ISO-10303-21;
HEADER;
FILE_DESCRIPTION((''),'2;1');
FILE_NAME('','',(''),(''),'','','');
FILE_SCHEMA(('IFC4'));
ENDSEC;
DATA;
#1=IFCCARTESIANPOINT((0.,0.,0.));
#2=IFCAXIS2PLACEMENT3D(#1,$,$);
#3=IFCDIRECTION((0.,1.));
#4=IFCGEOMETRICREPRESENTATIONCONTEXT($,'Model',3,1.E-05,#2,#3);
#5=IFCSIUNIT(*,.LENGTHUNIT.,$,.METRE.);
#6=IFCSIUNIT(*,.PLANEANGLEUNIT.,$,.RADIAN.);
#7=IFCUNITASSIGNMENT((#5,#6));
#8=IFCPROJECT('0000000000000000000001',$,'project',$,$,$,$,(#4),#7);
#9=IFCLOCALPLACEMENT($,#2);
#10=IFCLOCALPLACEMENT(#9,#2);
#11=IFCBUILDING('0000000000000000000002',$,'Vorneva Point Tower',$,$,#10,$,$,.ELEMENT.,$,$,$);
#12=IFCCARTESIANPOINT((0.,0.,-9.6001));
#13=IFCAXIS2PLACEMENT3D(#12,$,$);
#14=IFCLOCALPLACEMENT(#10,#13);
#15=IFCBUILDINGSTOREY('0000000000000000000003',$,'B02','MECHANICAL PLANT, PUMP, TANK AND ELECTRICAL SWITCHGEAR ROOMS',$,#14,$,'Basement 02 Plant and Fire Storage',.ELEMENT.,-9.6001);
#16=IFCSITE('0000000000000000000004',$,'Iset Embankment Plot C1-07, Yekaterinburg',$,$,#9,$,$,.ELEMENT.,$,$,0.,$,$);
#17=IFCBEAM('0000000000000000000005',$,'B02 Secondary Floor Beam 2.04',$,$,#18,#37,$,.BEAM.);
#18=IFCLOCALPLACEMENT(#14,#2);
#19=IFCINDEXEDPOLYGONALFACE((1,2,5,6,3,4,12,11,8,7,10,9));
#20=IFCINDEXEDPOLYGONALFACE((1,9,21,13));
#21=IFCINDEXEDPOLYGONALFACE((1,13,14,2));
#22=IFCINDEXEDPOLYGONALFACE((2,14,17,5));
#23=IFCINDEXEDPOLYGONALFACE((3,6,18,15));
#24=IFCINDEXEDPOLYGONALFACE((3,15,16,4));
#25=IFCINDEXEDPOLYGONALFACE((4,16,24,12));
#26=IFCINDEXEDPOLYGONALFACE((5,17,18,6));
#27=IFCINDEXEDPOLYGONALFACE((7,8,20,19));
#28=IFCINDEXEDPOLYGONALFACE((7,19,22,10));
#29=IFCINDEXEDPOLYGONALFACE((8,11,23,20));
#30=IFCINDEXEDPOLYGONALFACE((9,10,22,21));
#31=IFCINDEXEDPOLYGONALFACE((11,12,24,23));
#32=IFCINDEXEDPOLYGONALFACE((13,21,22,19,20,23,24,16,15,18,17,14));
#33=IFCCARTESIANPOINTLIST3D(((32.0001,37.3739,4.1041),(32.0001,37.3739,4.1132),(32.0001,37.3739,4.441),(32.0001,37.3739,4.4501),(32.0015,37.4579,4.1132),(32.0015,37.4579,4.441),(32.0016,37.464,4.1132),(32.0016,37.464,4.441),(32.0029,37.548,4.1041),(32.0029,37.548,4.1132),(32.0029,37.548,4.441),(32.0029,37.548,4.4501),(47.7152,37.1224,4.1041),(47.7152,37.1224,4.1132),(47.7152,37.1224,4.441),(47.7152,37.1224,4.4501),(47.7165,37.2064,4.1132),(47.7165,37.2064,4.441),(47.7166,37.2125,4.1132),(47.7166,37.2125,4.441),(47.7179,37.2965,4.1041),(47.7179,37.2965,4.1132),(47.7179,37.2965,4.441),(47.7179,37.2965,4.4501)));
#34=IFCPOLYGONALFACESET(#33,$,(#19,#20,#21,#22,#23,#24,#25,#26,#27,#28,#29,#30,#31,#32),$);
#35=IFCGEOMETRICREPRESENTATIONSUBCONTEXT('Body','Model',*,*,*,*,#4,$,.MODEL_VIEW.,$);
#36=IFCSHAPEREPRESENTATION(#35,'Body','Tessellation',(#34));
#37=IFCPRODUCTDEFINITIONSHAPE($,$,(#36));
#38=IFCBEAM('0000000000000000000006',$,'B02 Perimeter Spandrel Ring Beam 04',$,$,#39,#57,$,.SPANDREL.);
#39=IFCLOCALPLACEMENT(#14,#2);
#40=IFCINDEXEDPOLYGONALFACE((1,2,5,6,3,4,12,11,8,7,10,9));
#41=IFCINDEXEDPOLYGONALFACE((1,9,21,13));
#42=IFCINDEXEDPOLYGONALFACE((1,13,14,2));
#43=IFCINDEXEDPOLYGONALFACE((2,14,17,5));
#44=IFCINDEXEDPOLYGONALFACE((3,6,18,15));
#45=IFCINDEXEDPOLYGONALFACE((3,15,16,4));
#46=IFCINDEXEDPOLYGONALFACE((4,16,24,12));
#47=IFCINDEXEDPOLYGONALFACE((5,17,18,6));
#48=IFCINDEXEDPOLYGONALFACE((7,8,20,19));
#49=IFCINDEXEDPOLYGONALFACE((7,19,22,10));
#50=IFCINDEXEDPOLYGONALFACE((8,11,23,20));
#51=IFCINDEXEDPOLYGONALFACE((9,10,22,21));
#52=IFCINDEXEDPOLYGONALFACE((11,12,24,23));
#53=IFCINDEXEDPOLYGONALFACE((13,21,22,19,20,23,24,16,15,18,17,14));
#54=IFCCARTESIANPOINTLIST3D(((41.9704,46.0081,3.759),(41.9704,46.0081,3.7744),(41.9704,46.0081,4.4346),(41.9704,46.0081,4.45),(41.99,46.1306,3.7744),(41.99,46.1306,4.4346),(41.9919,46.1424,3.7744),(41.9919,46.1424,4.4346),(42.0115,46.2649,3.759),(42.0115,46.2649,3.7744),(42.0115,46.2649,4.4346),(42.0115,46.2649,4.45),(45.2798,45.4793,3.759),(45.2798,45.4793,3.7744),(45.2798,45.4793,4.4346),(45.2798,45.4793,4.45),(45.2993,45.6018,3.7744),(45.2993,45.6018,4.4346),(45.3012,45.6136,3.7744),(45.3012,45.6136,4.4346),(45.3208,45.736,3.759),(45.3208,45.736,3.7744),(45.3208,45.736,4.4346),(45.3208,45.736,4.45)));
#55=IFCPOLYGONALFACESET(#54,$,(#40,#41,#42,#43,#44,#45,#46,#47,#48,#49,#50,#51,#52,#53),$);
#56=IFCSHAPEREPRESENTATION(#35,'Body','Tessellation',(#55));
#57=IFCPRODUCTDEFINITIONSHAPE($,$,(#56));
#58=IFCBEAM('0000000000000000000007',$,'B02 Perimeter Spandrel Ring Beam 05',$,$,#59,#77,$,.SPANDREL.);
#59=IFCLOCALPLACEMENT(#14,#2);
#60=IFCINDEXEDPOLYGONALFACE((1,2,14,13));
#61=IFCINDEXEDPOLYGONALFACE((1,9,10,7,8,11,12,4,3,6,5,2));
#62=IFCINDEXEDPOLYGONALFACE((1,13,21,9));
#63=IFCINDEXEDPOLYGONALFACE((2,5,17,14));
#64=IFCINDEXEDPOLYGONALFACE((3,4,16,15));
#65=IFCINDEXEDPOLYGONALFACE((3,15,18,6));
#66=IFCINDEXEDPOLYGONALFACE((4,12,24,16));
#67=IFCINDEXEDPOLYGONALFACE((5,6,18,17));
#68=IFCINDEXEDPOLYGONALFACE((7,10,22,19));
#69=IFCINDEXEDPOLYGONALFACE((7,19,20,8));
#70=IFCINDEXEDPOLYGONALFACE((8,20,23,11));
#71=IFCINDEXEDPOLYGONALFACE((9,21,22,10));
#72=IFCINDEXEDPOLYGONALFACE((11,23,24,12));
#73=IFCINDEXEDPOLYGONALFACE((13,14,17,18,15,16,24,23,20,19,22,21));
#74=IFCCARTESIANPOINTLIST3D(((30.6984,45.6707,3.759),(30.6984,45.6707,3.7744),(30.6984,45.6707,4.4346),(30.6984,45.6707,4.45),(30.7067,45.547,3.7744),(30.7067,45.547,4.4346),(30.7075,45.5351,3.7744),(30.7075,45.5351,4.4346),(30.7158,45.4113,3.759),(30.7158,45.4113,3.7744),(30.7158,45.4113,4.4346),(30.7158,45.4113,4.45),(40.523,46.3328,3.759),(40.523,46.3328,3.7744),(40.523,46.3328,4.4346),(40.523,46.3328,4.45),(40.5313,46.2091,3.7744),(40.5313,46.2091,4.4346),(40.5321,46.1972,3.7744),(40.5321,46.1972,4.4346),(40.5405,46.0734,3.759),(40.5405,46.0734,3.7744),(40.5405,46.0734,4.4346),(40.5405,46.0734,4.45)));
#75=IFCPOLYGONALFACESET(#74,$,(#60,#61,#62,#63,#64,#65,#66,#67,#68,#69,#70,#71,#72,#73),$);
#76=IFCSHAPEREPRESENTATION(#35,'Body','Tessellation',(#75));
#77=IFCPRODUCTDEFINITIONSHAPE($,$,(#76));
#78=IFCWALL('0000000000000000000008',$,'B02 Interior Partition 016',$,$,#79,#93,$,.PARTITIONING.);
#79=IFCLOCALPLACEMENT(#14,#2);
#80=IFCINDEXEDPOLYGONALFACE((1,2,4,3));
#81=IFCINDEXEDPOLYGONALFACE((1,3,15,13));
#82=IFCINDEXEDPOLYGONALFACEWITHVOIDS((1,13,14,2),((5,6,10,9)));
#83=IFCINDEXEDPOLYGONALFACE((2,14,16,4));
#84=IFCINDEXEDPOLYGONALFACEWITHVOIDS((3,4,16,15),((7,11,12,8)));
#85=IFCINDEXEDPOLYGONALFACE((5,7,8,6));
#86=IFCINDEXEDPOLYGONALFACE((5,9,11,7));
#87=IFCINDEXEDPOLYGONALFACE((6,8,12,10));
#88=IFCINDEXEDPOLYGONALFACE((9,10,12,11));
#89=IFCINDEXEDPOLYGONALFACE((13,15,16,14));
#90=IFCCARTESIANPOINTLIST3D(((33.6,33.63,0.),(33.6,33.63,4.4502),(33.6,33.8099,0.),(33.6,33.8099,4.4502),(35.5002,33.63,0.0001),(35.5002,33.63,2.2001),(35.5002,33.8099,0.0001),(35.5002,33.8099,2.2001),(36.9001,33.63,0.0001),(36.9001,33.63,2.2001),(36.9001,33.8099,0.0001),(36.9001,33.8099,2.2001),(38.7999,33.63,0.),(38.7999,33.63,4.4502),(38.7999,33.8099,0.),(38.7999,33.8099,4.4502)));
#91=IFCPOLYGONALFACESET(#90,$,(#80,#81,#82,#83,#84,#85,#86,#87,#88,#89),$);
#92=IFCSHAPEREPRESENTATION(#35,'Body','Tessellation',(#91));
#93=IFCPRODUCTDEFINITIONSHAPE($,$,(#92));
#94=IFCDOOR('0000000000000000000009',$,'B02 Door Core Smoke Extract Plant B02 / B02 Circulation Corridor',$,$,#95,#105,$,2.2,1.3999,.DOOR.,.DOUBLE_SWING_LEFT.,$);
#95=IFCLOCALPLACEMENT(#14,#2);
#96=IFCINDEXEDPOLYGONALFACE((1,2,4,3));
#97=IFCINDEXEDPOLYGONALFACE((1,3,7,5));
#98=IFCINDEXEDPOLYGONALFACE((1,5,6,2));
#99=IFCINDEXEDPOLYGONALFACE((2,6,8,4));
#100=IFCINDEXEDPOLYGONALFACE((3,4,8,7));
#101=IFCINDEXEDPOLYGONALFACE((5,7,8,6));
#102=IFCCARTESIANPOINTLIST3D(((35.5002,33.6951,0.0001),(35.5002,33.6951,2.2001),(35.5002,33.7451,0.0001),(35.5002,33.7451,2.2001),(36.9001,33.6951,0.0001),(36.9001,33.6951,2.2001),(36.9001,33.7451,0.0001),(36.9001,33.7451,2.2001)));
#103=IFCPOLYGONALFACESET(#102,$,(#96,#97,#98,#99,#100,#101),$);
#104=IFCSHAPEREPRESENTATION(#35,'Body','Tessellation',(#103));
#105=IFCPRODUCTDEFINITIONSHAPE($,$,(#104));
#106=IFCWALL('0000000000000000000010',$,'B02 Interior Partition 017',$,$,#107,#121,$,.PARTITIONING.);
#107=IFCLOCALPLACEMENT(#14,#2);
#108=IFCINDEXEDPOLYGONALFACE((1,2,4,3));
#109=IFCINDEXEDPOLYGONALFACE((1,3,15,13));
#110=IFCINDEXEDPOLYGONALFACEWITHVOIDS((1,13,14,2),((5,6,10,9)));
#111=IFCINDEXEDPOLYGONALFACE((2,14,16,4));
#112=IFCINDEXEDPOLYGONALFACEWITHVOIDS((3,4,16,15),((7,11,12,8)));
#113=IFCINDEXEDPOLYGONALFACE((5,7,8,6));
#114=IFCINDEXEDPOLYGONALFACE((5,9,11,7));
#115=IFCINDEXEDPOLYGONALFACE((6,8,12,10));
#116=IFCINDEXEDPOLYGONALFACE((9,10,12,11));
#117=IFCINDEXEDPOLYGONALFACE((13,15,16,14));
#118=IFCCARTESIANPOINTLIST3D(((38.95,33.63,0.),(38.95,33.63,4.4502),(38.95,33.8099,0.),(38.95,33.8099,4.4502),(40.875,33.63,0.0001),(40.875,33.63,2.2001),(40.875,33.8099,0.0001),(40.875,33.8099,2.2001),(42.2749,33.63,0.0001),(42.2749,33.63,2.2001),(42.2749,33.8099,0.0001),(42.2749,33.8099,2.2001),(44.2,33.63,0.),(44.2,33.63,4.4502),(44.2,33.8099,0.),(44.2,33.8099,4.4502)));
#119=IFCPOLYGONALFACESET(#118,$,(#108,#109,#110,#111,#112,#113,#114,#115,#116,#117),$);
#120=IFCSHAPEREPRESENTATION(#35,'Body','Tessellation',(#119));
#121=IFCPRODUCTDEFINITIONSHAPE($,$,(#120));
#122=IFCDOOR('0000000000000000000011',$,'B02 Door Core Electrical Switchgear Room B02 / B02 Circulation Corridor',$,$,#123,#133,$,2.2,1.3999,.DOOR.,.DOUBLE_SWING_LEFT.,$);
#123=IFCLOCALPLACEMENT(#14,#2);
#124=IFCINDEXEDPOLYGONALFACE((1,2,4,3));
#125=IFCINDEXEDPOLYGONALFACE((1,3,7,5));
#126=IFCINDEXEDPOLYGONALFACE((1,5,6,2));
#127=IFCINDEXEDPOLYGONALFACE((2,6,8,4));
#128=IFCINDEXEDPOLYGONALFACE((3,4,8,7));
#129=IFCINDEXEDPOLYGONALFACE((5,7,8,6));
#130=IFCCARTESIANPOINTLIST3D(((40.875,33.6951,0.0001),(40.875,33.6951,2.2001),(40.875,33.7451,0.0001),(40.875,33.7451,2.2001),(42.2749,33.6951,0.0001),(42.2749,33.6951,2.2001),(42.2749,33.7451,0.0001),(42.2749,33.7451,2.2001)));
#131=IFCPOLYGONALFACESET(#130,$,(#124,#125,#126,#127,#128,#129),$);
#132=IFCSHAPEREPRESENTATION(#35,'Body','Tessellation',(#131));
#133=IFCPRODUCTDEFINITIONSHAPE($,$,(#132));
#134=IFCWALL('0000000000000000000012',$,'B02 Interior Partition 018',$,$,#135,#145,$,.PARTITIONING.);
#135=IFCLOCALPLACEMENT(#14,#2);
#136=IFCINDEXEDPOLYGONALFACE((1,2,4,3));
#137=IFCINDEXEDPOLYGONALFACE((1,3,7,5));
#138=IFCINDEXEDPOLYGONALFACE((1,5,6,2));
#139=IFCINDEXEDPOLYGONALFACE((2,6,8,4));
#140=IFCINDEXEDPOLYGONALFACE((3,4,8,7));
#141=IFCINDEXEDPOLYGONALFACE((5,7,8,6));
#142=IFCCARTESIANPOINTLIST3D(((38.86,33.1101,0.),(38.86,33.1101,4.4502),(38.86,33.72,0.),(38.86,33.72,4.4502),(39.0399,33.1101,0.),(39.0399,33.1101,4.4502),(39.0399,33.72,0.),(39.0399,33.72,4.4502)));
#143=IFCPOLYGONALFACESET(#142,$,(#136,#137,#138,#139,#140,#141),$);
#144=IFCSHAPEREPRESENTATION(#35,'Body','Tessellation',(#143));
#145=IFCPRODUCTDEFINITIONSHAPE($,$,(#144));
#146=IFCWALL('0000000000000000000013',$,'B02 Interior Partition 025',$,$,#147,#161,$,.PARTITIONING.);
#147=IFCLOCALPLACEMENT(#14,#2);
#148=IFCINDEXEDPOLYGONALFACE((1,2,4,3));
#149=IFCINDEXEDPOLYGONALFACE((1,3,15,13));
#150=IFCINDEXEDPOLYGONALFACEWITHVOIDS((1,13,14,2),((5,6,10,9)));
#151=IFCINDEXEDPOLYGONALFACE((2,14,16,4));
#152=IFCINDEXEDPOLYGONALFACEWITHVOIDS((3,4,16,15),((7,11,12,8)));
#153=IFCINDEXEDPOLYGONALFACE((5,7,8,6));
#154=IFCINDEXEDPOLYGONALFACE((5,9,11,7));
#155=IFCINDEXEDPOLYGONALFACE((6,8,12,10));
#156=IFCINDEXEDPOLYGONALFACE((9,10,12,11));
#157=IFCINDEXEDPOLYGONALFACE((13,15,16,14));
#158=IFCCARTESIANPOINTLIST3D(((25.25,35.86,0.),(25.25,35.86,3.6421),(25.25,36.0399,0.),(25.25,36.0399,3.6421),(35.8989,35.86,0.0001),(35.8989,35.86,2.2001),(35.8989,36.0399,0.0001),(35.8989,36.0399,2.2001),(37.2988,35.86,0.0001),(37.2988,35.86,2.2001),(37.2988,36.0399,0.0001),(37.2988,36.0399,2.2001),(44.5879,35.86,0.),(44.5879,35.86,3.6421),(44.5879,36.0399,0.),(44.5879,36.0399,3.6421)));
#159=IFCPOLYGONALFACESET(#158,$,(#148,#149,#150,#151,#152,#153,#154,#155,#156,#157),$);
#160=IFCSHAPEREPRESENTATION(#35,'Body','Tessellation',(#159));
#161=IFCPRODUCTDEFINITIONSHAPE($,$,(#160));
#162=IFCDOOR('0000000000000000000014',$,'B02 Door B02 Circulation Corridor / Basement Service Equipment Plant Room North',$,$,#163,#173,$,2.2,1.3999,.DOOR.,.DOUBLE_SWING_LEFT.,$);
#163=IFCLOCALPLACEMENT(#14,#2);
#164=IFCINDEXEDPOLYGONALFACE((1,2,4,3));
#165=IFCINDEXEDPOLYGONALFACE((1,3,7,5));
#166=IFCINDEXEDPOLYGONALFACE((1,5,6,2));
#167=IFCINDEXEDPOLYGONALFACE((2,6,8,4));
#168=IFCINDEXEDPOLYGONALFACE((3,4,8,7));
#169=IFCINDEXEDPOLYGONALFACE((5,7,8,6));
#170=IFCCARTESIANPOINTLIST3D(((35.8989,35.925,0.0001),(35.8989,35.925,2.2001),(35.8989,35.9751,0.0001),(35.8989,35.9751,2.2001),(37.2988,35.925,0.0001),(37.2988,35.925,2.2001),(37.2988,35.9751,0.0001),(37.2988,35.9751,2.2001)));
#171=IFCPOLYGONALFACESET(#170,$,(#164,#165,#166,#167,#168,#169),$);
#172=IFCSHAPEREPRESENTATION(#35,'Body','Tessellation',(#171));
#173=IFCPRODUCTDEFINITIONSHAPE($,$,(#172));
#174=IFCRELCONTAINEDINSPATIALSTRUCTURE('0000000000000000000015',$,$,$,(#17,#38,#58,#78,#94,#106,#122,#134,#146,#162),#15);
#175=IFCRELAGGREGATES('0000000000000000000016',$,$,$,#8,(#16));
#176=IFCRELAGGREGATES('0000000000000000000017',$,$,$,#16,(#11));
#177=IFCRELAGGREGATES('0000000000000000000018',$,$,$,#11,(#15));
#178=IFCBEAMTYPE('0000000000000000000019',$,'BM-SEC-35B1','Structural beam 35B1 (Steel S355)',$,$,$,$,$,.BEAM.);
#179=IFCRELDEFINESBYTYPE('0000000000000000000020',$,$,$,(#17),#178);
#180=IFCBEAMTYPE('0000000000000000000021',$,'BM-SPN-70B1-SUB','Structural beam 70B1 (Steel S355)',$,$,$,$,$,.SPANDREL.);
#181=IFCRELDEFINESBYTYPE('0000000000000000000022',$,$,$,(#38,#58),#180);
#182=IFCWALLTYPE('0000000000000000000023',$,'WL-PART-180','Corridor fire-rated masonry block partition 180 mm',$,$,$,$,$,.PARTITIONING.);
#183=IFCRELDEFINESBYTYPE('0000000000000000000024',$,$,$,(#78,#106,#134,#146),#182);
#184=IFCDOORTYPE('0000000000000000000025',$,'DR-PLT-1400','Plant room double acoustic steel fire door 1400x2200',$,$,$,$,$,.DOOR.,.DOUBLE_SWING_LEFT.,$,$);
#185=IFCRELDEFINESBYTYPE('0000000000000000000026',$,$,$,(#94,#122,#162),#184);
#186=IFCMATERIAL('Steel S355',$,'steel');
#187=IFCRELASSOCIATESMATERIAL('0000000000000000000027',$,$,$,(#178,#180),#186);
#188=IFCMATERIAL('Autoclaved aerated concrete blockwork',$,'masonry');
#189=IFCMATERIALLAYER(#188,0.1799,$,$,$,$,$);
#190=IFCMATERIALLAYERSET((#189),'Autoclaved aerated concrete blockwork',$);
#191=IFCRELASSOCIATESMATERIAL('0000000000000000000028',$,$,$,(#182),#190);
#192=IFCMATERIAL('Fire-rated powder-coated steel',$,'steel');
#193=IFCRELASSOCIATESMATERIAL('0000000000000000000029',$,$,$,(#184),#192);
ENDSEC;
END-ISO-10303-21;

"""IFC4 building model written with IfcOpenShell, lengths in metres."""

from ifc_helpers import new_model, si_unit, direction, frame, frame_2d, origin, origin_2d, place, context, subcontext, project, spatial, rectangle, i_section, extrude, material, layer, layer_set, material_profile, profile_set, type_object, element, fill, save


model = new_model("IFC4")

# Units and contexts
model_context = context("Model", 3, precision=1e-05, world=origin(), true_north=direction((0.0, 1.0)))
body_context = subcontext(model_context, "Body", "Model", "MODEL_VIEW")
ifc_project = project(units=[si_unit("LENGTHUNIT", "METRE"), si_unit("PLANEANGLEUNIT", "RADIAN")], contexts=[model_context])

# Site, building, storey
site_placement = place(None, origin())
site = spatial("IfcSite", under=ifc_project, at=site_placement, Name="Iset Embankment Plot C1-07, Yekaterinburg", CompositionType="ELEMENT", RefElevation=0.0)
building_placement = place(site_placement, origin())
building = spatial("IfcBuilding", under=site, at=building_placement, Name="Vorneva Point Tower", CompositionType="ELEMENT")
storey_placement = place(building_placement, frame((0.0, 0.0, -9.6001)))
storey = spatial("IfcBuildingStorey", under=building, at=storey_placement, Name="B02", Description="MECHANICAL PLANT, PUMP, TANK AND ELECTRICAL SWITCHGEAR ROOMS", LongName="Basement 02 Plant and Fire Storage", CompositionType="ELEMENT", Elevation=-9.6001)

# Beams
ifc_material_1 = material(Name="Steel S355", Category="steel")
ifc_material_profile_1 = material_profile(ifc_material_1, i_section(OverallWidth=0.1741, OverallDepth=0.3459, WebThickness=0.0061, FlangeThickness=0.009, at=origin_2d()), Name="35B1")
ifc_profile_set_1 = profile_set([ifc_material_profile_1], Name="Steel S355")
beam_type_1 = type_object("IfcBeamType", Name="BM-SEC-35B1", Description="Structural beam 35B1 (Steel S355)", PredefinedType="BEAM", material=ifc_profile_set_1)
beam_1_placement = place(storey_placement, frame((47.7166, 37.2095, 4.2771), z_axis=(-0.999872, 0.015999, 0.0), x_axis=(-0.015999, -0.999872, 0.0)))
element("IfcBeam", 1, at=beam_1_placement, inside=storey, type_object=beam_type_1, Name="B02 Secondary Floor Beam 2.04", PredefinedType="BEAM", context=body_context, shape_type="SweptSolid", body=[
    extrude(i_section(OverallWidth=0.1741, OverallDepth=0.3459, WebThickness=0.0061, FlangeThickness=0.009, at=origin_2d()), origin(), (0.0, 0.0, 1.0), 15.717),
])
ifc_material_profile_2 = material_profile(ifc_material_1, i_section(OverallWidth=0.26, OverallDepth=0.6909, WebThickness=0.012, FlangeThickness=0.0154, at=origin_2d()), Name="70B1")
ifc_profile_set_2 = profile_set([ifc_material_profile_2], Name="Steel S355")
beam_type_2 = type_object("IfcBeamType", Name="BM-SPN-70B1-SUB", Description="Structural beam 70B1 (Steel S355)", PredefinedType="SPANDREL", material=ifc_profile_set_2)
beam_2_placement = place(storey_placement, frame((45.3003, 45.6077, 4.1045), z_axis=(-0.987472, 0.157792, 0.0), x_axis=(-0.157792, -0.987472, 0.0)))
element("IfcBeam", 2, at=beam_2_placement, inside=storey, type_object=beam_type_2, Name="B02 Perimeter Spandrel Ring Beam 04", PredefinedType="SPANDREL", context=body_context, shape_type="SweptSolid", body=[
    extrude(i_section(OverallWidth=0.26, OverallDepth=0.6909, WebThickness=0.012, FlangeThickness=0.0154, at=origin_2d()), origin(), (0.0, 0.0, 1.0), 3.3513),
])
beam_3_placement = place(storey_placement, frame((40.5317, 46.2031, 4.1045), z_axis=(-0.997737, -0.06724, 0.0), x_axis=(0.06724, -0.997737, 0.0)))
element("IfcBeam", 3, at=beam_3_placement, inside=storey, type_object=beam_type_2, Name="B02 Perimeter Spandrel Ring Beam 05", PredefinedType="SPANDREL", context=body_context, shape_type="SweptSolid", body=[
    extrude(i_section(OverallWidth=0.26, OverallDepth=0.6909, WebThickness=0.012, FlangeThickness=0.0154, at=origin_2d()), origin(), (0.0, 0.0, 1.0), 9.8469),
])

# Walls, openings, doors
ifc_material_2 = material(Name="Autoclaved aerated concrete blockwork", Category="masonry")
ifc_layer_1 = layer(ifc_material_2, 0.1799)
ifc_layer_set_1 = layer_set([ifc_layer_1], Name="Autoclaved aerated concrete blockwork")
wall_type_1 = type_object("IfcWallType", Name="WL-PART-180", Description="Corridor fire-rated masonry block partition 180 mm", PredefinedType="PARTITIONING", material=ifc_layer_set_1)
wall_1_placement = place(storey_placement, frame((38.8, 33.72, 0.0), z_axis=(0.0, 0.0, 1.0), x_axis=(-1.0, 0.0, 0.0)))
wall_1 = element("IfcWall", 4, at=wall_1_placement, inside=storey, type_object=wall_type_1, Name="B02 Interior Partition 016", PredefinedType="PARTITIONING", context=body_context, shape_type="SweptSolid", body=[
    extrude(rectangle(XDim=5.2, YDim=0.1799, at=frame_2d((2.6001, 0.0))), origin(), (0.0, 0.0, 1.0), 4.4502),
])
opening_1_placement = place(wall_1_placement, frame((1.8999, 0.0, 0.0)))
opening_1 = element("IfcOpeningElement", 5, at=opening_1_placement, cuts=wall_1, PredefinedType="OPENING", context=body_context, shape_type="SweptSolid", body=[
    extrude(rectangle(XDim=1.3999, YDim=2.2, at=frame_2d((0.7, 1.1001))), frame((0.0, 0.105, 0.0), z_axis=(0.0, -1.0, 0.0), x_axis=(1.0, 0.0, 0.0)), (0.0, 0.0, 1.0), 0.2097),
])
ifc_material_3 = material(Name="Fire-rated powder-coated steel", Category="steel")
door_type = type_object("IfcDoorType", Name="DR-PLT-1400", Description="Plant room double acoustic steel fire door 1400x2200", OperationType="DOUBLE_SWING_LEFT", PredefinedType="DOOR", material=ifc_material_3)
door_1_placement = place(opening_1_placement, origin())
door_1 = element("IfcDoor", 6, at=door_1_placement, inside=storey, type_object=door_type, Name="B02 Door Core Smoke Extract Plant B02 / B02 Circulation Corridor", OperationType="DOUBLE_SWING_LEFT", OverallHeight=2.2, OverallWidth=1.3999, PredefinedType="DOOR", context=body_context, shape_type="SweptSolid", body=[
    extrude(rectangle(XDim=1.3999, YDim=2.2, at=frame_2d((0.7, 1.1001))), frame((0.0, 0.0249, 0.0), z_axis=(0.0, -1.0, 0.0), x_axis=(1.0, 0.0, 0.0)), (0.0, 0.0, 1.0), 0.05),
])
fill(opening_1, door_1)
wall_2_placement = place(storey_placement, frame((44.2, 33.72, 0.0), z_axis=(0.0, 0.0, 1.0), x_axis=(-1.0, 0.0, 0.0)))
wall_2 = element("IfcWall", 7, at=wall_2_placement, inside=storey, type_object=wall_type_1, Name="B02 Interior Partition 017", PredefinedType="PARTITIONING", context=body_context, shape_type="SweptSolid", body=[
    extrude(rectangle(XDim=5.25, YDim=0.1799, at=frame_2d((2.625, 0.0))), origin(), (0.0, 0.0, 1.0), 4.4502),
])
opening_2_placement = place(wall_2_placement, frame((1.925, 0.0, 0.0)))
opening_2 = element("IfcOpeningElement", 8, at=opening_2_placement, cuts=wall_2, PredefinedType="OPENING", context=body_context, shape_type="SweptSolid", body=[
    extrude(rectangle(XDim=1.3999, YDim=2.2, at=frame_2d((0.7, 1.1001))), frame((0.0, 0.105, 0.0), z_axis=(0.0, -1.0, 0.0), x_axis=(1.0, 0.0, 0.0)), (0.0, 0.0, 1.0), 0.2097),
])
door_2_placement = place(opening_2_placement, origin())
door_2 = element("IfcDoor", 9, at=door_2_placement, inside=storey, type_object=door_type, Name="B02 Door Core Electrical Switchgear Room B02 / B02 Circulation Corridor", OperationType="DOUBLE_SWING_LEFT", OverallHeight=2.2, OverallWidth=1.3999, PredefinedType="DOOR", context=body_context, shape_type="SweptSolid", body=[
    extrude(rectangle(XDim=1.3999, YDim=2.2, at=frame_2d((0.7, 1.1001))), frame((0.0, 0.0249, 0.0), z_axis=(0.0, -1.0, 0.0), x_axis=(1.0, 0.0, 0.0)), (0.0, 0.0, 1.0), 0.05),
])
fill(opening_2, door_2)

# Wall
wall_3_placement = place(storey_placement, frame((38.95, 33.72, 0.0), z_axis=(0.0, 0.0, 1.0), x_axis=(0.0, -1.0, 0.0)))
element("IfcWall", 10, at=wall_3_placement, inside=storey, type_object=wall_type_1, Name="B02 Interior Partition 018", PredefinedType="PARTITIONING", context=body_context, shape_type="SweptSolid", body=[
    extrude(rectangle(XDim=0.6099, YDim=0.1799, at=frame_2d((0.3049, 0.0))), origin(), (0.0, 0.0, 1.0), 4.4502),
])

# Wall, opening, door
wall_4_placement = place(storey_placement, frame((44.5879, 35.95, 0.0), z_axis=(0.0, 0.0, 1.0), x_axis=(-1.0, 0.0, 0.0)))
wall_4 = element("IfcWall", 11, at=wall_4_placement, inside=storey, type_object=wall_type_1, Name="B02 Interior Partition 025", PredefinedType="PARTITIONING", context=body_context, shape_type="SweptSolid", body=[
    extrude(rectangle(XDim=19.3379, YDim=0.1799, at=frame_2d((9.6689, 0.0))), origin(), (0.0, 0.0, 1.0), 3.6421),
])
opening_3_placement = place(wall_4_placement, frame((7.2891, 0.0, 0.0)))
opening_3 = element("IfcOpeningElement", 12, at=opening_3_placement, cuts=wall_4, PredefinedType="OPENING", context=body_context, shape_type="SweptSolid", body=[
    extrude(rectangle(XDim=1.3999, YDim=2.2, at=frame_2d((0.7, 1.1001))), frame((0.0, 0.105, 0.0), z_axis=(0.0, -1.0, 0.0), x_axis=(1.0, 0.0, 0.0)), (0.0, 0.0, 1.0), 0.2097),
])
door_3_placement = place(opening_3_placement, origin())
door_3 = element("IfcDoor", 13, at=door_3_placement, inside=storey, type_object=door_type, Name="B02 Door B02 Circulation Corridor / Basement Service Equipment Plant Room North", OperationType="DOUBLE_SWING_LEFT", OverallHeight=2.2, OverallWidth=1.3999, PredefinedType="DOOR", context=body_context, shape_type="SweptSolid", body=[
    extrude(rectangle(XDim=1.3999, YDim=2.2, at=frame_2d((0.7, 1.1001))), frame((0.0, 0.0249, 0.0), z_axis=(0.0, -1.0, 0.0), x_axis=(1.0, 0.0, 0.0)), (0.0, 0.0, 1.0), 0.05),
])
fill(opening_3, door_3)

save(model, "model.ifc")
